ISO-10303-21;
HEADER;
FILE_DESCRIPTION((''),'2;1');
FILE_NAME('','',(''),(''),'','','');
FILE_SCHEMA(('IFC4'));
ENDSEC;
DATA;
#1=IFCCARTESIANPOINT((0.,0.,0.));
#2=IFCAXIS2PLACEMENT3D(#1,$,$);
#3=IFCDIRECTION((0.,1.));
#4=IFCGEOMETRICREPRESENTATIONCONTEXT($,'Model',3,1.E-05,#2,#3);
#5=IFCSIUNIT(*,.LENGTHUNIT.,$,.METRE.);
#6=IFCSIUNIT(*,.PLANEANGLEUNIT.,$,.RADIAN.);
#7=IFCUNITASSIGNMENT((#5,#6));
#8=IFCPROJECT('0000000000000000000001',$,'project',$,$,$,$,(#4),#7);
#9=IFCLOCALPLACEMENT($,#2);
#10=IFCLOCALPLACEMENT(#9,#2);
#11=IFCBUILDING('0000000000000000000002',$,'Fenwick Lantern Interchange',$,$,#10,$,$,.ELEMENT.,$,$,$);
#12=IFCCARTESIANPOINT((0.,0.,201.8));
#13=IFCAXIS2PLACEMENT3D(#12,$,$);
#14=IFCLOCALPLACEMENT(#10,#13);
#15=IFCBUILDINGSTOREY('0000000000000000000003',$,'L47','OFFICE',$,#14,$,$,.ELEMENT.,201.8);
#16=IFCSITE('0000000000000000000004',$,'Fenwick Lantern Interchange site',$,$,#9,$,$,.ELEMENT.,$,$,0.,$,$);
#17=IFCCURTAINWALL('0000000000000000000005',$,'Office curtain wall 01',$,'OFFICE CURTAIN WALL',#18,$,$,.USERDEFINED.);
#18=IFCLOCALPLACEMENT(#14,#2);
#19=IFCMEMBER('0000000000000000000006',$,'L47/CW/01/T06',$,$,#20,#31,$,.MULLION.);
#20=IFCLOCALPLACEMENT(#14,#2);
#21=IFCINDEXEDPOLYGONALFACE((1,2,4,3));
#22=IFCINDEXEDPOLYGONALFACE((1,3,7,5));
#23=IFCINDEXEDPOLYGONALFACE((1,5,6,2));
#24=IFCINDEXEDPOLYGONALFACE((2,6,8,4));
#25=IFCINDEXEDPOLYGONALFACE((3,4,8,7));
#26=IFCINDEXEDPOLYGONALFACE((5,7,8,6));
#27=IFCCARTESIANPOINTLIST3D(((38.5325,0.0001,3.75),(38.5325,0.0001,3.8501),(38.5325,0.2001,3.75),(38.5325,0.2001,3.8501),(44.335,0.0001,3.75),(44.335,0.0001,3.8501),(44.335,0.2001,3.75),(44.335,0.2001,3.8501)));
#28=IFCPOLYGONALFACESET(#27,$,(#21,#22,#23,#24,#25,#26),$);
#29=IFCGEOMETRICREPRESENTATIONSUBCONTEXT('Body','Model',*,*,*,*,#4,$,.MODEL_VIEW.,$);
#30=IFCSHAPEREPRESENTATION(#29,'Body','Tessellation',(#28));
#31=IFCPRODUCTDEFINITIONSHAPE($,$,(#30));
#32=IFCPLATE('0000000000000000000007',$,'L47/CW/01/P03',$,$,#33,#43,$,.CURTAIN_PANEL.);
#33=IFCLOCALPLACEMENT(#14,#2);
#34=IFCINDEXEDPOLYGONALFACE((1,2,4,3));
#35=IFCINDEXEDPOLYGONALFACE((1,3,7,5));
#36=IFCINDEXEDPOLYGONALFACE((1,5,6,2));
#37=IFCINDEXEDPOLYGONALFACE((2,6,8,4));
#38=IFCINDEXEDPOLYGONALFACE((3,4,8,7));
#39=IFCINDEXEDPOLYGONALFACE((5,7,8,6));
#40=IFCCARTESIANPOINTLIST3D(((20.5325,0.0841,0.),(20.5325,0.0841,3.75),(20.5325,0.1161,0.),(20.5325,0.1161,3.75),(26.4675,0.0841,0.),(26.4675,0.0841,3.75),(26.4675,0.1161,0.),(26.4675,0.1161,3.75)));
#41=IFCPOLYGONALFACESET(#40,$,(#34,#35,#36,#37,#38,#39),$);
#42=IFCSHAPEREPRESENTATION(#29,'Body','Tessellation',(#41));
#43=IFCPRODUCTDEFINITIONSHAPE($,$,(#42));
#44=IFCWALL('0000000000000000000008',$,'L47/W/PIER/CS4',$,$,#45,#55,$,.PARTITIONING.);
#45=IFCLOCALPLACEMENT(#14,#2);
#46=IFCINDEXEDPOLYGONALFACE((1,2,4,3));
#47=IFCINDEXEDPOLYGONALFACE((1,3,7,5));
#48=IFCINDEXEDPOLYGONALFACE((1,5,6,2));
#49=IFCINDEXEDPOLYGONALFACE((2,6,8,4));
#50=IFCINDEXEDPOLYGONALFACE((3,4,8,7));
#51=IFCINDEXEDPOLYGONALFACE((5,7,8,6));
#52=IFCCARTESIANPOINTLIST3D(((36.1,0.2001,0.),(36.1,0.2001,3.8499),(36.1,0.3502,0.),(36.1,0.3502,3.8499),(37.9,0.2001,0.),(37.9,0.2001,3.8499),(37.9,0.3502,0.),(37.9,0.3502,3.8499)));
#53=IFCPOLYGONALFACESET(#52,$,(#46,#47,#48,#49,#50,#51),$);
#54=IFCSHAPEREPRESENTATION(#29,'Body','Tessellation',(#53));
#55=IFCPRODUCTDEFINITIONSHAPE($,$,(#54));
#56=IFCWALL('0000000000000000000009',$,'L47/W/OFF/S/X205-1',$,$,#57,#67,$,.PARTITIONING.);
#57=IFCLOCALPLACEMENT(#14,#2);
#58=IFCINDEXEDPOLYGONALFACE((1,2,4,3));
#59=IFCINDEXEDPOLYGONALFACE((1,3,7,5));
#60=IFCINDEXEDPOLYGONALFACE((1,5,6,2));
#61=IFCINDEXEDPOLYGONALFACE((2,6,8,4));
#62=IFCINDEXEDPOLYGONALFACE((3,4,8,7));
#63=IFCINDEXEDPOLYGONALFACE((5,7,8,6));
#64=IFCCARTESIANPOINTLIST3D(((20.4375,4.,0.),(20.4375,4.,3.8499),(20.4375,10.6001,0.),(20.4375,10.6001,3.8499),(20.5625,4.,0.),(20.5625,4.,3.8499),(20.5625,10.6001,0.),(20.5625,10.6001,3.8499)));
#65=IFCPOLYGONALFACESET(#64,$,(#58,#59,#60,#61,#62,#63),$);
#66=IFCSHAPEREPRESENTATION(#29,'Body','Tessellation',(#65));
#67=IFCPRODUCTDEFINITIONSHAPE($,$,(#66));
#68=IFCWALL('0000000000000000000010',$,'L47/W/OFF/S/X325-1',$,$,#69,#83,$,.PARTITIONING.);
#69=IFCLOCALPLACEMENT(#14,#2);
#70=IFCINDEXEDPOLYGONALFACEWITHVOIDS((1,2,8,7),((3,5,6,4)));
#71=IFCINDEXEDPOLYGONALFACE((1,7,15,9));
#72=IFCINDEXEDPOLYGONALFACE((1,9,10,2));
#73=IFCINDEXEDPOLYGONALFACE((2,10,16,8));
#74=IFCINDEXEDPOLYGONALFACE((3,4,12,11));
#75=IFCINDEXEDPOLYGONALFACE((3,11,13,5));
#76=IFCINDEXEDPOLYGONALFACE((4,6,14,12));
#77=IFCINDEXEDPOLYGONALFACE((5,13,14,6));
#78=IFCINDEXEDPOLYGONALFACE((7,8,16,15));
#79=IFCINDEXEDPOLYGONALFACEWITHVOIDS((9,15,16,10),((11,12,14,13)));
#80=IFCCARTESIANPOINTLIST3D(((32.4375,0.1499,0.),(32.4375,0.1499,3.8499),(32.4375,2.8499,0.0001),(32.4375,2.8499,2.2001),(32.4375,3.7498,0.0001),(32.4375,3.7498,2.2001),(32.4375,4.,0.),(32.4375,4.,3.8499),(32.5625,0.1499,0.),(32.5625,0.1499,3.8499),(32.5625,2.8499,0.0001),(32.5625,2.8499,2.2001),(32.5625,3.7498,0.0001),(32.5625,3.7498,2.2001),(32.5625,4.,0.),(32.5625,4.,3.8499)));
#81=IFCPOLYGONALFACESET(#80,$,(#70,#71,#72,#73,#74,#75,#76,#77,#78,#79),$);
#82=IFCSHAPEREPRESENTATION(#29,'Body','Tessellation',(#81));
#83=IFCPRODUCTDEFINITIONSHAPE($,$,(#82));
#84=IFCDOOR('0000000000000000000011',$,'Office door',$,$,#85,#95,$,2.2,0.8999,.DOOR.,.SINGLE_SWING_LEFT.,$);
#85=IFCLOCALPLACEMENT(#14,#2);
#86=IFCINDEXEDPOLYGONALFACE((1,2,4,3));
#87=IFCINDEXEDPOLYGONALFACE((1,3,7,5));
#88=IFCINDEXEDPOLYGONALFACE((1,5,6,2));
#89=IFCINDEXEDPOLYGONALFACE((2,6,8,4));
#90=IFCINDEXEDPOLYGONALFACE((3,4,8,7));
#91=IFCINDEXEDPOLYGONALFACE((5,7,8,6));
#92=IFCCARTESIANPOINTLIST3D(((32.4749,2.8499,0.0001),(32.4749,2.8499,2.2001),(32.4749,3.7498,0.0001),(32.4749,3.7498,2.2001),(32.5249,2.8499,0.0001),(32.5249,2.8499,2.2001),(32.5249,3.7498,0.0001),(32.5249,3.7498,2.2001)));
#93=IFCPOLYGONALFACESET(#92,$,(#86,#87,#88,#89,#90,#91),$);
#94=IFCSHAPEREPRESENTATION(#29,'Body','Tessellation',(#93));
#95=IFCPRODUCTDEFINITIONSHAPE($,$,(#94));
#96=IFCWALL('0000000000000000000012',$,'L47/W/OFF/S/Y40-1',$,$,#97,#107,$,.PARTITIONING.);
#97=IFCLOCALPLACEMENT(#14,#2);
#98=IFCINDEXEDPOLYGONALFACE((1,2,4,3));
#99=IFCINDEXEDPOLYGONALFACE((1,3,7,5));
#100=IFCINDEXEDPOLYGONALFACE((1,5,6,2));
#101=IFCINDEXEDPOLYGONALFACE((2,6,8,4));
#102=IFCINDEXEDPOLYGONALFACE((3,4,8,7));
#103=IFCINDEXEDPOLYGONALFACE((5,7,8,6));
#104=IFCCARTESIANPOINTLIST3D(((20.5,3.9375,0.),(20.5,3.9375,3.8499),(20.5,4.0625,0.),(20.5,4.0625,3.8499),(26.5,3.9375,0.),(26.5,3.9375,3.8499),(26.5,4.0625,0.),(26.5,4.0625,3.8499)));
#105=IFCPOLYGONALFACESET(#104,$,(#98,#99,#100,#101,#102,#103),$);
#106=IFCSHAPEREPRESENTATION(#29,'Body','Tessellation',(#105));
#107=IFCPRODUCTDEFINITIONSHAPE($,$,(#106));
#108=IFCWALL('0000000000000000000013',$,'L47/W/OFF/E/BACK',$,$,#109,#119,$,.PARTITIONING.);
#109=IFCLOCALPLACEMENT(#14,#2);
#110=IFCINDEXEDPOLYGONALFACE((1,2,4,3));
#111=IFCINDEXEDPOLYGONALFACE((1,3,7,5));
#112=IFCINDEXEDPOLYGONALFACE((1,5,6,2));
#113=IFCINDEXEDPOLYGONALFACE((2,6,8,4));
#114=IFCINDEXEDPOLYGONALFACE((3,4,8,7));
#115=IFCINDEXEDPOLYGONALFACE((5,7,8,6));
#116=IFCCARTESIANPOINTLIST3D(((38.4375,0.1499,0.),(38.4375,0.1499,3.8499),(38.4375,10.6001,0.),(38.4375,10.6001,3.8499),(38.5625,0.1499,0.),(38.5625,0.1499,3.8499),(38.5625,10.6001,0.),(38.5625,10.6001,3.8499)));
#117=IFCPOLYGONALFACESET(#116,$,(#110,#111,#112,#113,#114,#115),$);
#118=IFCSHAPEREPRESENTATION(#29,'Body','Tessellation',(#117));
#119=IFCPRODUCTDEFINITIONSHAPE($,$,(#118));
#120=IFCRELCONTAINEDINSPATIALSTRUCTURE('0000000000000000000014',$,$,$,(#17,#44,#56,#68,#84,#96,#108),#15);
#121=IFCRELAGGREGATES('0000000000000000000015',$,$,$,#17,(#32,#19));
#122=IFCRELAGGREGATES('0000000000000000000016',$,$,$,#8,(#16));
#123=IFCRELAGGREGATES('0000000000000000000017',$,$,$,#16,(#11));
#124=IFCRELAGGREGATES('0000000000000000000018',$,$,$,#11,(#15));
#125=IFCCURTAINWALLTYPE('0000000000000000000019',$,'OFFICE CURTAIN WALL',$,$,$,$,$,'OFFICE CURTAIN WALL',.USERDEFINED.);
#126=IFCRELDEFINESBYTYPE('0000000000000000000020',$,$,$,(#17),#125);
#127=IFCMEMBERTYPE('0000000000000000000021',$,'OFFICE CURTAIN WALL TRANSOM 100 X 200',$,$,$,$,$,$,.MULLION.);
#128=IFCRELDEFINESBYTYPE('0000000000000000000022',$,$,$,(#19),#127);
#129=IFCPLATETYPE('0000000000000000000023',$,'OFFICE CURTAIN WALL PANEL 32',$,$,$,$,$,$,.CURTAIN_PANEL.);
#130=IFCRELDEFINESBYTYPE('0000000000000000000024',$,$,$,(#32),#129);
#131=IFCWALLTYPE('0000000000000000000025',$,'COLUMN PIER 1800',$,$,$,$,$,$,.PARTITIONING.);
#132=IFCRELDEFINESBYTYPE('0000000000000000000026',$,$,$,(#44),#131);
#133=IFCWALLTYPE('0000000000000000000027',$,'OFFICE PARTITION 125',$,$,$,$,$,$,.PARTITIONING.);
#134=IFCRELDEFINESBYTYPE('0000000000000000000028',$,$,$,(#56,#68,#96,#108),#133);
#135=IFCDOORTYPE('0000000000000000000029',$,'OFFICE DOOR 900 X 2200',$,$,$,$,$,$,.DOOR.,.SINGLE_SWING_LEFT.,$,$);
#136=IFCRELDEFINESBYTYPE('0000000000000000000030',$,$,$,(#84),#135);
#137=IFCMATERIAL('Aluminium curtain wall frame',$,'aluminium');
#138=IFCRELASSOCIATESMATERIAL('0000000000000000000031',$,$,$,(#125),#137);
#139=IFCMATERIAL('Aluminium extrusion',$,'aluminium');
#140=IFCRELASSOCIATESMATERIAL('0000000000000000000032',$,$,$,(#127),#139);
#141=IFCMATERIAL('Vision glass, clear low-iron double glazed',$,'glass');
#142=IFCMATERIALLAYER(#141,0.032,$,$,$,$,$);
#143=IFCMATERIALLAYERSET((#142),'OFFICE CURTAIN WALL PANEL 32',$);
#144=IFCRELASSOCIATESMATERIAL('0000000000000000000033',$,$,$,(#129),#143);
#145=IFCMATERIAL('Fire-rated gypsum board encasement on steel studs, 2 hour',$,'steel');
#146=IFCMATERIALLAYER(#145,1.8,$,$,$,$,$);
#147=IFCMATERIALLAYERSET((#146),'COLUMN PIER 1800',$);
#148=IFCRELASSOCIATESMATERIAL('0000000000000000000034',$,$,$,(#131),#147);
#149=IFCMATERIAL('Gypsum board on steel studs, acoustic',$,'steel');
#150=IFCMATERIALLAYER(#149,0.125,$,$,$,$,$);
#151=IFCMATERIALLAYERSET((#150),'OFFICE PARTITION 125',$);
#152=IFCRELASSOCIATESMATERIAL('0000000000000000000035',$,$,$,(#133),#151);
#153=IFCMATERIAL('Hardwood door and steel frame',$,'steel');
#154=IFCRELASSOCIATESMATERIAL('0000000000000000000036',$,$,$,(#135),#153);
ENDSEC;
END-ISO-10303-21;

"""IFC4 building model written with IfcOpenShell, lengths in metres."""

from ifc_helpers import new_model, si_unit, direction, frame, frame_2d, origin, origin_2d, place, context, subcontext, project, spatial, rectangle, extrude, material, layer, layer_set, material_profile, profile_set, type_object, element, fill, aggregate, save


model = new_model("IFC4")

# Units and contexts
model_context = context("Model", 3, precision=1e-05, world=origin(), true_north=direction((0.0, 1.0)))
body_context = subcontext(model_context, "Body", "Model", "MODEL_VIEW")
ifc_project = project(units=[si_unit("LENGTHUNIT", "METRE"), si_unit("PLANEANGLEUNIT", "RADIAN")], contexts=[model_context])

# Site, building, storey
site_placement = place(None, origin())
site = spatial("IfcSite", under=ifc_project, at=site_placement, Name="Fenwick Lantern Interchange site", CompositionType="ELEMENT", RefElevation=0.0)
building_placement = place(site_placement, origin())
building = spatial("IfcBuilding", under=site, at=building_placement, Name="Fenwick Lantern Interchange", CompositionType="ELEMENT")
storey_placement = place(building_placement, frame((0.0, 0.0, 201.8)))
storey = spatial("IfcBuildingStorey", under=building, at=storey_placement, Name="L47", Description="OFFICE", CompositionType="ELEMENT", Elevation=201.8)

# Curtain wall, member, plate
ifc_material_1 = material(Name="Aluminium curtain wall frame", Category="aluminium")
curtain_wall_type = type_object("IfcCurtainWallType", Name="OFFICE CURTAIN WALL", ElementType="OFFICE CURTAIN WALL", PredefinedType="USERDEFINED", material=ifc_material_1)
curtain_wall_placement = place(storey_placement, origin())
curtain_wall = element("IfcCurtainWall", 1, at=curtain_wall_placement, inside=storey, type_object=curtain_wall_type, Name="Office curtain wall 01", ObjectType="OFFICE CURTAIN WALL", PredefinedType="USERDEFINED")
ifc_material_2 = material(Name="Aluminium extrusion", Category="aluminium")
ifc_material_profile_1 = material_profile(ifc_material_2, rectangle(XDim=0.2, YDim=0.1001, at=origin_2d()), Name="OFFICE CURTAIN WALL TRANSOM 100 X 200")
ifc_profile_set_1 = profile_set([ifc_material_profile_1], Name="Aluminium extrusion")
member_type_1 = type_object("IfcMemberType", Name="OFFICE CURTAIN WALL TRANSOM 100 X 200", PredefinedType="MULLION", material=ifc_profile_set_1)
member_1_placement = place(storey_placement, frame((38.5325, 0.1001, 3.8), z_axis=(1.0, 0.0, 0.0), x_axis=(0.0, 1.0, 0.0)))
member_1 = element("IfcMember", 2, at=member_1_placement, type_object=member_type_1, Name="L47/CW/01/T06", PredefinedType="MULLION", context=body_context, shape_type="SweptSolid", body=[
    extrude(rectangle(XDim=0.2, YDim=0.1001, at=origin_2d()), origin(), (0.0, 0.0, 1.0), 5.8025),
])
ifc_material_3 = material(Name="Vision glass, clear low-iron double glazed", Category="glass")
ifc_layer_1 = layer(ifc_material_3, 0.032)
ifc_layer_set_1 = layer_set([ifc_layer_1], Name="OFFICE CURTAIN WALL PANEL 32")
plate_type = type_object("IfcPlateType", Name="OFFICE CURTAIN WALL PANEL 32", PredefinedType="CURTAIN_PANEL", material=ifc_layer_set_1)
plate_placement = place(storey_placement, frame((23.5, 0.1001, 0.0), z_axis=(0.0, 0.0, 1.0), x_axis=(1.0, 0.0, 0.0)))
plate = element("IfcPlate", 3, at=plate_placement, type_object=plate_type, Name="L47/CW/01/P03", PredefinedType="CURTAIN_PANEL", context=body_context, shape_type="SweptSolid", body=[
    extrude(rectangle(XDim=5.9351, YDim=0.032, at=origin_2d()), origin(), (0.0, 0.0, 1.0), 3.75),
])
aggregate(curtain_wall, [plate, member_1])

# Walls
ifc_material_4 = material(Name="Fire-rated gypsum board encasement on steel studs, 2 hour", Category="steel")
ifc_layer_2 = layer(ifc_material_4, 1.8)
ifc_layer_set_2 = layer_set([ifc_layer_2], Name="COLUMN PIER 1800")
wall_type_1 = type_object("IfcWallType", Name="COLUMN PIER 1800", PredefinedType="PARTITIONING", material=ifc_layer_set_2)
wall_1_placement = place(storey_placement, frame((37.0, 0.2, 0.0), z_axis=(0.0, 0.0, 1.0), x_axis=(0.0, 1.0, 0.0)))
element("IfcWall", 4, at=wall_1_placement, inside=storey, type_object=wall_type_1, Name="L47/W/PIER/CS4", PredefinedType="PARTITIONING", context=body_context, shape_type="SweptSolid", body=[
    extrude(rectangle(XDim=0.1501, YDim=1.8, at=frame_2d((0.0752, 0.0))), origin(), (0.0, 0.0, 1.0), 3.8499),
])
ifc_material_5 = material(Name="Gypsum board on steel studs, acoustic", Category="steel")
ifc_layer_3 = layer(ifc_material_5, 0.125)
ifc_layer_set_3 = layer_set([ifc_layer_3], Name="OFFICE PARTITION 125")
wall_type_2 = type_object("IfcWallType", Name="OFFICE PARTITION 125", PredefinedType="PARTITIONING", material=ifc_layer_set_3)
wall_2_placement = place(storey_placement, frame((20.5, 4.0, 0.0), z_axis=(0.0, 0.0, 1.0), x_axis=(0.0, 1.0, 0.0)))
element("IfcWall", 5, at=wall_2_placement, inside=storey, type_object=wall_type_2, Name="L47/W/OFF/S/X205-1", PredefinedType="PARTITIONING", context=body_context, shape_type="SweptSolid", body=[
    extrude(rectangle(XDim=6.6001, YDim=0.125, at=frame_2d((3.3, 0.0))), origin(), (0.0, 0.0, 1.0), 3.8499),
])

# Wall, opening, door
wall_3_placement = place(storey_placement, frame((32.5, 0.1499, 0.0), z_axis=(0.0, 0.0, 1.0), x_axis=(0.0, 1.0, 0.0)))
wall_3 = element("IfcWall", 6, at=wall_3_placement, inside=storey, type_object=wall_type_2, Name="L47/W/OFF/S/X325-1", PredefinedType="PARTITIONING", context=body_context, shape_type="SweptSolid", body=[
    extrude(rectangle(XDim=3.8501, YDim=0.125, at=frame_2d((1.925, 0.0))), origin(), (0.0, 0.0, 1.0), 3.8499),
])
opening_placement = place(wall_3_placement, frame((2.7, 0.0, 0.0)))
opening = element("IfcOpeningElement", 7, at=opening_placement, cuts=wall_3, PredefinedType="OPENING", context=body_context, shape_type="SweptSolid", body=[
    extrude(rectangle(XDim=0.8999, YDim=2.2, at=frame_2d((0.45, 1.1001))), frame((0.0, 0.0725, 0.0), z_axis=(0.0, -1.0, 0.0), x_axis=(1.0, 0.0, 0.0)), (0.0, 0.0, 1.0), 0.145),
])
ifc_material_6 = material(Name="Hardwood door and steel frame", Category="steel")
door_type = type_object("IfcDoorType", Name="OFFICE DOOR 900 X 2200", OperationType="SINGLE_SWING_LEFT", PredefinedType="DOOR", material=ifc_material_6)
door_placement = place(opening_placement, frame((0.8999, 0.0, 0.0), z_axis=(0.0, 0.0, 1.0), x_axis=(-1.0, 0.0, 0.0)))
door = element("IfcDoor", 8, at=door_placement, inside=storey, type_object=door_type, Name="Office door", OperationType="SINGLE_SWING_LEFT", OverallHeight=2.2, OverallWidth=0.8999, PredefinedType="DOOR", context=body_context, shape_type="SweptSolid", body=[
    extrude(rectangle(XDim=0.8999, YDim=2.2, at=frame_2d((0.45, 1.1001))), frame((0.0, 0.0249, 0.0), z_axis=(0.0, -1.0, 0.0), x_axis=(1.0, 0.0, 0.0)), (0.0, 0.0, 1.0), 0.05),
])
fill(opening, door)

# Walls
wall_4_placement = place(storey_placement, frame((20.5, 4.0, 0.0), z_axis=(0.0, 0.0, 1.0), x_axis=(1.0, 0.0, 0.0)))
element("IfcWall", 9, at=wall_4_placement, inside=storey, type_object=wall_type_2, Name="L47/W/OFF/S/Y40-1", PredefinedType="PARTITIONING", context=body_context, shape_type="SweptSolid", body=[
    extrude(rectangle(XDim=6.0, YDim=0.125, at=frame_2d((3.0, 0.0))), origin(), (0.0, 0.0, 1.0), 3.8499),
])
wall_5_placement = place(storey_placement, frame((38.5, 0.1499, 0.0), z_axis=(0.0, 0.0, 1.0), x_axis=(0.0, 1.0, 0.0)))
element("IfcWall", 10, at=wall_5_placement, inside=storey, type_object=wall_type_2, Name="L47/W/OFF/E/BACK", PredefinedType="PARTITIONING", context=body_context, shape_type="SweptSolid", body=[
    extrude(rectangle(XDim=10.4502, YDim=0.125, at=frame_2d((5.2251, 0.0))), origin(), (0.0, 0.0, 1.0), 3.8499),
])

save(model, "model.ifc")
